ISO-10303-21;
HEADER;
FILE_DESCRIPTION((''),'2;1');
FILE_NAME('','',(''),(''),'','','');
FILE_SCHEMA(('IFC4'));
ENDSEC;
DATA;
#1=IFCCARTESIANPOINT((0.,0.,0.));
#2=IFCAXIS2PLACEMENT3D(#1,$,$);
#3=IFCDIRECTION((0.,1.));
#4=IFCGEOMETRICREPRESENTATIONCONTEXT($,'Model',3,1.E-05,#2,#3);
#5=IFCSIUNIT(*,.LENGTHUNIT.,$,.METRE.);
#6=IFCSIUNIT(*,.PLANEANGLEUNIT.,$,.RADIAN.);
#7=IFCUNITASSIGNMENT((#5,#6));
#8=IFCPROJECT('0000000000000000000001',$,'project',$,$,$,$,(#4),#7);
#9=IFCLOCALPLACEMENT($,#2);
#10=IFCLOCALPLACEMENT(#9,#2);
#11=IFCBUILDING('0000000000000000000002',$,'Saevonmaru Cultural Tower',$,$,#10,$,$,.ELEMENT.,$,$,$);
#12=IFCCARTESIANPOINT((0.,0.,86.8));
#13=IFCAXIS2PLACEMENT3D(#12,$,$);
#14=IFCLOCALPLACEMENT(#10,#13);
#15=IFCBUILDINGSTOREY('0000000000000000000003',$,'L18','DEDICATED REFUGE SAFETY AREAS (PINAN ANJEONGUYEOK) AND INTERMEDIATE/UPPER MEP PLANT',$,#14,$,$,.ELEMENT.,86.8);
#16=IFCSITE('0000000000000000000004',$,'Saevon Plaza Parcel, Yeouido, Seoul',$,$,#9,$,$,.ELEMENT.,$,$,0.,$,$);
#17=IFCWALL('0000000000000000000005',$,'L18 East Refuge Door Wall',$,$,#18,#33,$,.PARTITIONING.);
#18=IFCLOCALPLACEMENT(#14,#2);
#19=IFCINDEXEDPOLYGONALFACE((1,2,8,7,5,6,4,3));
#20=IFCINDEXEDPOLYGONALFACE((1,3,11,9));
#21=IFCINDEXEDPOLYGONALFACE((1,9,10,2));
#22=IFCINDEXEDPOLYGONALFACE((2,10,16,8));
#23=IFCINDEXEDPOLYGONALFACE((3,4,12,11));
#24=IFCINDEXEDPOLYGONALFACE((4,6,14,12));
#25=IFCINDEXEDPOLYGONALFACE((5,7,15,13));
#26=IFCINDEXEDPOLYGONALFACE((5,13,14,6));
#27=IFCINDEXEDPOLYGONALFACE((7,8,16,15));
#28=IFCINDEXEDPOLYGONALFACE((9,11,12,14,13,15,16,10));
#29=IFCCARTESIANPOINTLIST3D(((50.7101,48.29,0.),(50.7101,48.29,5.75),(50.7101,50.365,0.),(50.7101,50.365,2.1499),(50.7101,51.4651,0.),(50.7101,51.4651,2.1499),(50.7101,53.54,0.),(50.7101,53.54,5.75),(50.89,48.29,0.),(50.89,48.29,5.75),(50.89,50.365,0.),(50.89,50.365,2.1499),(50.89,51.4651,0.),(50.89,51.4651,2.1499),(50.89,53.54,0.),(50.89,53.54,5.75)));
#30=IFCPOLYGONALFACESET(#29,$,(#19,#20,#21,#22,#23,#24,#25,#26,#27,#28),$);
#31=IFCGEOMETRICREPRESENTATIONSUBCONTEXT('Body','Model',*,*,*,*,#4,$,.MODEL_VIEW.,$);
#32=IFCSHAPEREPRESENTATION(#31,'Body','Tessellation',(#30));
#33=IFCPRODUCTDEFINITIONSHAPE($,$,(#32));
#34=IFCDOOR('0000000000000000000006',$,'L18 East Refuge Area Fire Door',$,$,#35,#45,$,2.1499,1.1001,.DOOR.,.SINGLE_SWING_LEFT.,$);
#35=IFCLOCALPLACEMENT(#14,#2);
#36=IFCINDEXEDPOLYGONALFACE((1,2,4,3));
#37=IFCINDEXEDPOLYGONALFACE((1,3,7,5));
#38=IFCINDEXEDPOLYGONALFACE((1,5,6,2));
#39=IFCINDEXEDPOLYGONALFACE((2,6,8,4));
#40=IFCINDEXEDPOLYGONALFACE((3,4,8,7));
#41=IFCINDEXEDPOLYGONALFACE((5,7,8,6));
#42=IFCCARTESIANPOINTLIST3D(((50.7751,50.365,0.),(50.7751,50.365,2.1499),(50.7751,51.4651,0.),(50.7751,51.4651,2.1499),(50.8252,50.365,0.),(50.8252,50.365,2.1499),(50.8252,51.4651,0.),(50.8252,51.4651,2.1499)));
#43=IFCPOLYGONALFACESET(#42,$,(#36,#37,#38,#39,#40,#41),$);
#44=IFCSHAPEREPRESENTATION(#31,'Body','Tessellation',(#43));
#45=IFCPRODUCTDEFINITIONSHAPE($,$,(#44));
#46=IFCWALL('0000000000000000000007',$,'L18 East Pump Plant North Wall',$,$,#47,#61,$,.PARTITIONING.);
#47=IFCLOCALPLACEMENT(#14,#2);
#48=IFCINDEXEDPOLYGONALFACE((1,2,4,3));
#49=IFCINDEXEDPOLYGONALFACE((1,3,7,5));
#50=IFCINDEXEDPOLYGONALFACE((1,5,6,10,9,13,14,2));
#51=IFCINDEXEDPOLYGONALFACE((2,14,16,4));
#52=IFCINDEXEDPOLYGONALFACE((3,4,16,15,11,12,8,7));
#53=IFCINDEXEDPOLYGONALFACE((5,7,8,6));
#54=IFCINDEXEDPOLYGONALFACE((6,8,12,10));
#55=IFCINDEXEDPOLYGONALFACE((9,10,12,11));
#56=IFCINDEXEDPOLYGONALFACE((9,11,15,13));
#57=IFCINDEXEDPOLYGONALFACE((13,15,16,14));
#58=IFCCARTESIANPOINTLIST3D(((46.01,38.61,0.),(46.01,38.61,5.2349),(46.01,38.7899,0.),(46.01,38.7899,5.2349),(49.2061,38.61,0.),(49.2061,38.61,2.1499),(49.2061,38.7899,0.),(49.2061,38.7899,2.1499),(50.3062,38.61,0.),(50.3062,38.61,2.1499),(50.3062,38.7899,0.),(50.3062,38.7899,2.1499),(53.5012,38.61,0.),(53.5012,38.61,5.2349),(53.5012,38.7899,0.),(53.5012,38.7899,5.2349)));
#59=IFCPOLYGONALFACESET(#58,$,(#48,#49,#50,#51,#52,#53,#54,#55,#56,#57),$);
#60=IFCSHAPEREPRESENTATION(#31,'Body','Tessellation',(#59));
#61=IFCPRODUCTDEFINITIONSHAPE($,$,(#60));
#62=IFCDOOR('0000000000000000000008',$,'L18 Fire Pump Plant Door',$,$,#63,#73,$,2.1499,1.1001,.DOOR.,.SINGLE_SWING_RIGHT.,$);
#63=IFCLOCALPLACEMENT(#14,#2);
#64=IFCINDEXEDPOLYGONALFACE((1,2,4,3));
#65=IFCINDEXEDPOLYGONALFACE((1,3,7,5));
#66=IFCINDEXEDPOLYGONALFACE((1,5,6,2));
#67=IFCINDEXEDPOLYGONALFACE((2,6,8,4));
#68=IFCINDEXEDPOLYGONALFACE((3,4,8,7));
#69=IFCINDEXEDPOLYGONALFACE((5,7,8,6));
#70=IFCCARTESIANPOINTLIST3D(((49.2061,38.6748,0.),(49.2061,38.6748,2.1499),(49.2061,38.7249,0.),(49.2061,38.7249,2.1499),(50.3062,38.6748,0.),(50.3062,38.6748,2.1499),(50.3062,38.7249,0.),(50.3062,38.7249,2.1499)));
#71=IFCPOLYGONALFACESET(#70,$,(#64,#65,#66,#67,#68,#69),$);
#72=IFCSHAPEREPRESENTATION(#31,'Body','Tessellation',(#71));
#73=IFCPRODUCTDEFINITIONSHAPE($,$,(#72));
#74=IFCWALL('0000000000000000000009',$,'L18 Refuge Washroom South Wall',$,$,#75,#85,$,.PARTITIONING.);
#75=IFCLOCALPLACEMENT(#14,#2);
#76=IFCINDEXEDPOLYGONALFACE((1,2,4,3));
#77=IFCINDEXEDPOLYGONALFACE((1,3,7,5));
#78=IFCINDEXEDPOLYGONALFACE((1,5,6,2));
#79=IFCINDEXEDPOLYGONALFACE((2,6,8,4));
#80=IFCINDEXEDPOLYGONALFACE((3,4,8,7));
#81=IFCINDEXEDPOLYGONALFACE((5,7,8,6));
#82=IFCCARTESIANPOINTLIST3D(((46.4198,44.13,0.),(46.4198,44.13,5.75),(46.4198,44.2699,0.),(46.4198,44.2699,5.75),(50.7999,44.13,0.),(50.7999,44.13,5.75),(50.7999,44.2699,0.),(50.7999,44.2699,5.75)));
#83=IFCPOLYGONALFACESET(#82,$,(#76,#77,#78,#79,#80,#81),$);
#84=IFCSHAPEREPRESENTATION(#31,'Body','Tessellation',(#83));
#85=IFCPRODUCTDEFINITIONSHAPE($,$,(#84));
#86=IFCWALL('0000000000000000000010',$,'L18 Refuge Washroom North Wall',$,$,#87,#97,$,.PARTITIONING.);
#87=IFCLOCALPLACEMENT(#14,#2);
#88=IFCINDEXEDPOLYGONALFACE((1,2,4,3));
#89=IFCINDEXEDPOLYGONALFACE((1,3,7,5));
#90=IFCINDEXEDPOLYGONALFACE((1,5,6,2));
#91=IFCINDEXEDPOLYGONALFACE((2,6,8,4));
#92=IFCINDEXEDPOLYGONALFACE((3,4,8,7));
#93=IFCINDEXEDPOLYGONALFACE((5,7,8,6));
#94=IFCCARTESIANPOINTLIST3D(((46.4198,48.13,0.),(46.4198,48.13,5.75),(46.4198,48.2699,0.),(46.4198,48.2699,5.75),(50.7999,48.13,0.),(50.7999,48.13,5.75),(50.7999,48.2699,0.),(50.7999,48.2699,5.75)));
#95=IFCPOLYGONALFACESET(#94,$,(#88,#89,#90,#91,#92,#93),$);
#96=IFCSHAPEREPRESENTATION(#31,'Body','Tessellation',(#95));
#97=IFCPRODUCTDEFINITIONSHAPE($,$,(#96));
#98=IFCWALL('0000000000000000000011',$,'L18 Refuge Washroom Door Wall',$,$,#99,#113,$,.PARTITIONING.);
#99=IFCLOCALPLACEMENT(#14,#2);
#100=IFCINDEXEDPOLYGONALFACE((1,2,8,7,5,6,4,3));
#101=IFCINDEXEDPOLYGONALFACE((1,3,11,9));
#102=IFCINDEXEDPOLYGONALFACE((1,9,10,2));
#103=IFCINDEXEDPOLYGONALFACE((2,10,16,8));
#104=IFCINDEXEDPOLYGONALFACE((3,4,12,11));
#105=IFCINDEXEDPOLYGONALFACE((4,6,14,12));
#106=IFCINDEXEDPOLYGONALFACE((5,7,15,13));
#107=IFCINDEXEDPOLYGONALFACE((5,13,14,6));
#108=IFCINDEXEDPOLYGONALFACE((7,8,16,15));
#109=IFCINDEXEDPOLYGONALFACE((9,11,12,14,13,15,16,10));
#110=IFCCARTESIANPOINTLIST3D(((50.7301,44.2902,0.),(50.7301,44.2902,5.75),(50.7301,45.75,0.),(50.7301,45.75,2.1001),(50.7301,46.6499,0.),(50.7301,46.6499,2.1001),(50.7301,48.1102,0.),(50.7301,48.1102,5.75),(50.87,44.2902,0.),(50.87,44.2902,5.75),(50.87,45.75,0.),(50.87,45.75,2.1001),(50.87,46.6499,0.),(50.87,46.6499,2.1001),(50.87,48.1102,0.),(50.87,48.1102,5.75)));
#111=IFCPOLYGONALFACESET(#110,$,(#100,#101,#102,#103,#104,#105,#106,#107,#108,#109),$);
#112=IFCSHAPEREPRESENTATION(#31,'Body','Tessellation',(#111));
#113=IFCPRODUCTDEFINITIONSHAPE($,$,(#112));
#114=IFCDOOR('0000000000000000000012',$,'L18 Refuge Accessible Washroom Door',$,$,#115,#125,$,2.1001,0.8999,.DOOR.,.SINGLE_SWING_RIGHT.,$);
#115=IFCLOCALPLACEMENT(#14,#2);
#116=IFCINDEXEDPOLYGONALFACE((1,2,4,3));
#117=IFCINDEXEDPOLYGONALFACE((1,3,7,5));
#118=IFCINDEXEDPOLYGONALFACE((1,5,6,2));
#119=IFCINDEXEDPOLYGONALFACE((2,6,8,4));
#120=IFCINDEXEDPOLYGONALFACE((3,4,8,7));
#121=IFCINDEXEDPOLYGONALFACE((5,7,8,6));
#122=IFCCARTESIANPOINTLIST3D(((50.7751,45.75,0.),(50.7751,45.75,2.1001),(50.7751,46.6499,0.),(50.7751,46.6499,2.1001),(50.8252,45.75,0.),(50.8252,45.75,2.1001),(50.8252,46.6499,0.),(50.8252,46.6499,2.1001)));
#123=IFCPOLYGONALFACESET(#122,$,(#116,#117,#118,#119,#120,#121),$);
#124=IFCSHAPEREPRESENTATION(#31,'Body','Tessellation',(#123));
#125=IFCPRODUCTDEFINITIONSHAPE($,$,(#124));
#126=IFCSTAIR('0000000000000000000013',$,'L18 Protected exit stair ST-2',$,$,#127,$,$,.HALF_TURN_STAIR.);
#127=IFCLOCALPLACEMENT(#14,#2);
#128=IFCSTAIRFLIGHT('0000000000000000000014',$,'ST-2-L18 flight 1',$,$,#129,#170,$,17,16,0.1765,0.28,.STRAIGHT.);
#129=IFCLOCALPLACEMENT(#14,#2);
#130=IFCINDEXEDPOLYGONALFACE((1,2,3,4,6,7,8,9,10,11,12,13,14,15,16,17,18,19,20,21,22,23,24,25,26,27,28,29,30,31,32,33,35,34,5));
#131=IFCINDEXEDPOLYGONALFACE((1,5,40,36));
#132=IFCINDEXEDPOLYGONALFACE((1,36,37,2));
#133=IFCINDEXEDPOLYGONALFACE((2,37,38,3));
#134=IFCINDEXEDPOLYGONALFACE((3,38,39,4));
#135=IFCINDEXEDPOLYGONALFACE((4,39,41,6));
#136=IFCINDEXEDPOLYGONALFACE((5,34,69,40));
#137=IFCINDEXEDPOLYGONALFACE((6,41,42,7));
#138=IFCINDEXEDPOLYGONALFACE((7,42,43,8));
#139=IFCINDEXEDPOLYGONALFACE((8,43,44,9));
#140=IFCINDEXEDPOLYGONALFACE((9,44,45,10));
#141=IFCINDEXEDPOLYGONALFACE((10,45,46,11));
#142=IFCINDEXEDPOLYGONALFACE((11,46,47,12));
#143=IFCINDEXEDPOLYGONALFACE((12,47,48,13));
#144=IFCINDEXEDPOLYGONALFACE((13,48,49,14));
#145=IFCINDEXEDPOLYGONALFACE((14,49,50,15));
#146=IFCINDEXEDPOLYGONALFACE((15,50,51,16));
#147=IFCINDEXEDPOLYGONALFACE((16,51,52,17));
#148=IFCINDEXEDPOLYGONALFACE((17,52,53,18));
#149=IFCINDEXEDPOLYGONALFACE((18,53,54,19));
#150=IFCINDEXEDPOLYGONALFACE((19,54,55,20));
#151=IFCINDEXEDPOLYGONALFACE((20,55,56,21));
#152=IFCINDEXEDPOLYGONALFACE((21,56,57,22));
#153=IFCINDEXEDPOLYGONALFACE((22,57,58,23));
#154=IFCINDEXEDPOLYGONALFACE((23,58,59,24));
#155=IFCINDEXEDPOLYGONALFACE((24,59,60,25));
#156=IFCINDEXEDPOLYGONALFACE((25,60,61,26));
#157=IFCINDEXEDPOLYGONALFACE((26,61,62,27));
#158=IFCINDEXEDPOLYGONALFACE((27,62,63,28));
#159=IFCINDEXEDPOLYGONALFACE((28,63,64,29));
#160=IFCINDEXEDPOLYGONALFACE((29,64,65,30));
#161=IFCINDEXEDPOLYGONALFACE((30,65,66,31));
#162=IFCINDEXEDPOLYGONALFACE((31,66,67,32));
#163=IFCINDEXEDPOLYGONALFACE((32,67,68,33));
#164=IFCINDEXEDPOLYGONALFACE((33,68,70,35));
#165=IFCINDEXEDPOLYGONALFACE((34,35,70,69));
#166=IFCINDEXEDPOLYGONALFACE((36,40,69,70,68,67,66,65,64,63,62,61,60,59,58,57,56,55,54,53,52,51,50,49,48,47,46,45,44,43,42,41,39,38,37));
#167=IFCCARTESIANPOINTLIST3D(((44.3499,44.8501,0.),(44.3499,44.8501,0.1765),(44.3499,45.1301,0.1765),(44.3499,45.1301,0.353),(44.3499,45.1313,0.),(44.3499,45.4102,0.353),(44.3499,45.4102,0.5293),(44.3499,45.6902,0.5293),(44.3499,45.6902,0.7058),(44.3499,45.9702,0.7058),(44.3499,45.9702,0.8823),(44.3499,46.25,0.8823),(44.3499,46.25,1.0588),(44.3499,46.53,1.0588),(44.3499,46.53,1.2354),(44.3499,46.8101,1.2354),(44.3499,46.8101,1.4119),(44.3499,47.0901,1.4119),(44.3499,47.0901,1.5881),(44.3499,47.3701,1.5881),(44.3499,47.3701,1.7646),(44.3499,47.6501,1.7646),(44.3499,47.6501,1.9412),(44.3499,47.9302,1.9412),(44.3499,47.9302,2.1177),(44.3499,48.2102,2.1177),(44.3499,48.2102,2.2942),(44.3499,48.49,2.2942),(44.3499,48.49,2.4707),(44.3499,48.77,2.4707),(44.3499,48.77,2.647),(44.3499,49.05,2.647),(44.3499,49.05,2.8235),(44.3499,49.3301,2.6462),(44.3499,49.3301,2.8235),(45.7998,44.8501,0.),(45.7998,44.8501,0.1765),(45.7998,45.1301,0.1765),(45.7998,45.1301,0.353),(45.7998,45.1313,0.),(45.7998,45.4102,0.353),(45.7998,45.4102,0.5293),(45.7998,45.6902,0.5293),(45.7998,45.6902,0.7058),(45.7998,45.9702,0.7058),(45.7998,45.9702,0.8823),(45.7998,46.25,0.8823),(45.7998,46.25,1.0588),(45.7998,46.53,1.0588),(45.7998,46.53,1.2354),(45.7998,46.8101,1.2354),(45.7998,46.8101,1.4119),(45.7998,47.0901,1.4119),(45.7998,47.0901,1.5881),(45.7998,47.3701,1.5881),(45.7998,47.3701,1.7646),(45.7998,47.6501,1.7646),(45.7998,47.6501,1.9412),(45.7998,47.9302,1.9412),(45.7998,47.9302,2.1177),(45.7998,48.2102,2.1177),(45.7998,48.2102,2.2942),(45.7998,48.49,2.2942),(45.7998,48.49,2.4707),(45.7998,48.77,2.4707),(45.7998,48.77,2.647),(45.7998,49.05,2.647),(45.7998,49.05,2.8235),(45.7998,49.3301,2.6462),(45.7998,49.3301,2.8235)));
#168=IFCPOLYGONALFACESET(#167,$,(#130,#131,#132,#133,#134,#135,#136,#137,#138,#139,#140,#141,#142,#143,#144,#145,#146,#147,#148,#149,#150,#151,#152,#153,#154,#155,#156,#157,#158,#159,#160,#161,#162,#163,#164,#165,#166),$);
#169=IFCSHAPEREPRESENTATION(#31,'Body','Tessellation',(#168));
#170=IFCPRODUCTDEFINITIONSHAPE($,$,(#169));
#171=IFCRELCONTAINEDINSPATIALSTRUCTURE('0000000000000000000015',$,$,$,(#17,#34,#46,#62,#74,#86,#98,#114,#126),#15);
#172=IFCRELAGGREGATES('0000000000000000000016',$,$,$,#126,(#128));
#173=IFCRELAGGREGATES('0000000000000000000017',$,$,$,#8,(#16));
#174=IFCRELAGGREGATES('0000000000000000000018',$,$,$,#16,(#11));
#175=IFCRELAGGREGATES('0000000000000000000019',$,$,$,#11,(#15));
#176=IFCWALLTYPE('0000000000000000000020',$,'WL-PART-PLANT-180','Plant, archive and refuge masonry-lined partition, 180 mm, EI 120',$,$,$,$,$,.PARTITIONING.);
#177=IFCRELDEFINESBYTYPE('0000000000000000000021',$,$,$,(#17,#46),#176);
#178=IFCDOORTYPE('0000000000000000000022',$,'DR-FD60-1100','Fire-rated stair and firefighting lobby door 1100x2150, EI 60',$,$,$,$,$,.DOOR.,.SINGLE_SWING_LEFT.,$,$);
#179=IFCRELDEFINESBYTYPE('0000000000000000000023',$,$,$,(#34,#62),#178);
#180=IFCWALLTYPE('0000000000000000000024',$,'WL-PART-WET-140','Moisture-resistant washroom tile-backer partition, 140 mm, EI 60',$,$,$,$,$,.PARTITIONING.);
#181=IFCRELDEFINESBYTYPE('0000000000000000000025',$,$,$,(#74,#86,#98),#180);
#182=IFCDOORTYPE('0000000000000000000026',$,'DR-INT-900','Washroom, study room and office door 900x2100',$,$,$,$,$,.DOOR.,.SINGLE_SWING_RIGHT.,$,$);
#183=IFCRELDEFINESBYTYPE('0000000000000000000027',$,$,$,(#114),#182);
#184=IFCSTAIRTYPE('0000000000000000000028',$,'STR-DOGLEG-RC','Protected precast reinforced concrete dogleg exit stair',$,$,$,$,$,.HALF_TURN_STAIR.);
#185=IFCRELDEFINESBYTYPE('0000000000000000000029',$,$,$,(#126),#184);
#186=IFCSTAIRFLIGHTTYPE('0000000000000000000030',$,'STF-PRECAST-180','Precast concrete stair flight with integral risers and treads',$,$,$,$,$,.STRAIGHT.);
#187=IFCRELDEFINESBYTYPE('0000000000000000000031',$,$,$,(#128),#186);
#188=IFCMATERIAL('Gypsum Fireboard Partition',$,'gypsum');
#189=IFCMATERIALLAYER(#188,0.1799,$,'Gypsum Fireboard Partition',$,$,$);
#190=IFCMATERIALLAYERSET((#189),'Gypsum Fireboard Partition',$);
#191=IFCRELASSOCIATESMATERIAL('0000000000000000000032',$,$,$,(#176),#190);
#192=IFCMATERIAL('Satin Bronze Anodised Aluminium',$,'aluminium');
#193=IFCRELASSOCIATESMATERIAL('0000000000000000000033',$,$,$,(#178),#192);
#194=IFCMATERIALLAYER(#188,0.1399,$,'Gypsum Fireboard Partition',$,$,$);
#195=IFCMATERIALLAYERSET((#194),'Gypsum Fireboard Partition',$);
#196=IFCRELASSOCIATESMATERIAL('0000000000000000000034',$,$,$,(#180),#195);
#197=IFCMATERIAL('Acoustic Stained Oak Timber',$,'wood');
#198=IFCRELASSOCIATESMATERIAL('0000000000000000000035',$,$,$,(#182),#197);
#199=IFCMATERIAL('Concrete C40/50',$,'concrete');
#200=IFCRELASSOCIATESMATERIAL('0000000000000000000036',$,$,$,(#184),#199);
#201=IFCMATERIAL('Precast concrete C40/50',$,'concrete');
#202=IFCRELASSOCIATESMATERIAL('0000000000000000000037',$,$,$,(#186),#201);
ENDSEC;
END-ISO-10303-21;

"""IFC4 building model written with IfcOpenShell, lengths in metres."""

from ifc_helpers import new_model, si_unit, direction, frame, frame_2d, origin, place, context, subcontext, project, spatial, polyline, rectangle, outline, extrude, material, layer, layer_set, type_object, element, fill, aggregate, save


model = new_model("IFC4")

# Units and contexts
model_context = context("Model", 3, precision=1e-05, world=origin(), true_north=direction((0.0, 1.0)))
body_context = subcontext(model_context, "Body", "Model", "MODEL_VIEW")
ifc_project = project(units=[si_unit("LENGTHUNIT", "METRE"), si_unit("PLANEANGLEUNIT", "RADIAN")], contexts=[model_context])

# Site, building, storey
site_placement = place(None, origin())
site = spatial("IfcSite", under=ifc_project, at=site_placement, Name="Saevon Plaza Parcel, Yeouido, Seoul", CompositionType="ELEMENT", RefElevation=0.0)
building_placement = place(site_placement, origin())
building = spatial("IfcBuilding", under=site, at=building_placement, Name="Saevonmaru Cultural Tower", CompositionType="ELEMENT")
storey_placement = place(building_placement, frame((0.0, 0.0, 86.8)))
storey = spatial("IfcBuildingStorey", under=building, at=storey_placement, Name="L18", Description="DEDICATED REFUGE SAFETY AREAS (PINAN ANJEONGUYEOK) AND INTERMEDIATE/UPPER MEP PLANT", CompositionType="ELEMENT", Elevation=86.8)

# Shared definitions
ifc_material_1 = material(Name="Satin Bronze Anodised Aluminium", Category="aluminium")

# Walls, openings, doors
ifc_material_2 = material(Name="Gypsum Fireboard Partition", Category="gypsum")
ifc_layer_1 = layer(ifc_material_2, 0.1799, Name="Gypsum Fireboard Partition")
ifc_layer_set_1 = layer_set([ifc_layer_1], Name="Gypsum Fireboard Partition")
wall_type_1 = type_object("IfcWallType", Name="WL-PART-PLANT-180", Description="Plant, archive and refuge masonry-lined partition, 180 mm, EI 120", PredefinedType="PARTITIONING", material=ifc_layer_set_1)
wall_1_placement = place(storey_placement, frame((50.8, 48.29, 0.0), z_axis=(0.0, 0.0, 1.0), x_axis=(0.0, 1.0, 0.0)))
wall_1 = element("IfcWall", 1, at=wall_1_placement, inside=storey, type_object=wall_type_1, Name="L18 East Refuge Door Wall", PredefinedType="PARTITIONING", context=body_context, shape_type="SweptSolid", body=[
    extrude(rectangle(XDim=5.25, YDim=0.1799, at=frame_2d((2.625, 0.0))), origin(), (0.0, 0.0, 1.0), 5.75),
])
opening_1_placement = place(wall_1_placement, frame((2.075, 0.0, 0.0)))
opening_1 = element("IfcOpeningElement", 2, at=opening_1_placement, cuts=wall_1, PredefinedType="OPENING", context=body_context, shape_type="SweptSolid", body=[
    extrude(rectangle(XDim=1.1001, YDim=2.1499, at=frame_2d((0.55, 1.075))), frame((0.0, 0.1001, 0.0), z_axis=(0.0, -1.0, 0.0), x_axis=(1.0, 0.0, 0.0)), (0.0, 0.0, 1.0), 0.2),
])
door_type_1 = type_object("IfcDoorType", Name="DR-FD60-1100", Description="Fire-rated stair and firefighting lobby door 1100x2150, EI 60", OperationType="SINGLE_SWING_LEFT", PredefinedType="DOOR", material=ifc_material_1)
door_1_placement = place(opening_1_placement, origin())
door_1 = element("IfcDoor", 3, at=door_1_placement, inside=storey, type_object=door_type_1, Name="L18 East Refuge Area Fire Door", OperationType="SINGLE_SWING_LEFT", OverallHeight=2.1499, OverallWidth=1.1001, PredefinedType="DOOR", context=body_context, shape_type="SweptSolid", body=[
    extrude(rectangle(XDim=1.1001, YDim=2.1499, at=frame_2d((0.55, 1.075))), frame((0.0, 0.0249, 0.0), z_axis=(0.0, -1.0, 0.0), x_axis=(1.0, 0.0, 0.0)), (0.0, 0.0, 1.0), 0.05),
])
fill(opening_1, door_1)
wall_2_placement = place(storey_placement, frame((46.01, 38.7, 0.0), z_axis=(0.0, 0.0, 1.0), x_axis=(1.0, 0.0, 0.0)))
wall_2 = element("IfcWall", 4, at=wall_2_placement, inside=storey, type_object=wall_type_1, Name="L18 East Pump Plant North Wall", PredefinedType="PARTITIONING", context=body_context, shape_type="SweptSolid", body=[
    extrude(rectangle(XDim=7.4912, YDim=0.1799, at=frame_2d((3.7456, 0.0))), origin(), (0.0, 0.0, 1.0), 5.2349),
])
opening_2_placement = place(wall_2_placement, frame((3.196, 0.0, 0.0)))
opening_2 = element("IfcOpeningElement", 5, at=opening_2_placement, cuts=wall_2, PredefinedType="OPENING", context=body_context, shape_type="SweptSolid", body=[
    extrude(rectangle(XDim=1.1001, YDim=2.1499, at=frame_2d((0.55, 1.075))), frame((0.0, 0.1001, 0.0), z_axis=(0.0, -1.0, 0.0), x_axis=(1.0, 0.0, 0.0)), (0.0, 0.0, 1.0), 0.2),
])
door_2_placement = place(opening_2_placement, origin())
door_2 = element("IfcDoor", 6, at=door_2_placement, inside=storey, type_object=door_type_1, Name="L18 Fire Pump Plant Door", OperationType="SINGLE_SWING_RIGHT", OverallHeight=2.1499, OverallWidth=1.1001, PredefinedType="DOOR", context=body_context, shape_type="SweptSolid", body=[
    extrude(rectangle(XDim=1.1001, YDim=2.1499, at=frame_2d((0.55, 1.075))), frame((0.0, 0.0249, 0.0), z_axis=(0.0, -1.0, 0.0), x_axis=(1.0, 0.0, 0.0)), (0.0, 0.0, 1.0), 0.05),
])
fill(opening_2, door_2)

# Walls
ifc_layer_2 = layer(ifc_material_2, 0.1399, Name="Gypsum Fireboard Partition")
ifc_layer_set_2 = layer_set([ifc_layer_2], Name="Gypsum Fireboard Partition")
wall_type_2 = type_object("IfcWallType", Name="WL-PART-WET-140", Description="Moisture-resistant washroom tile-backer partition, 140 mm, EI 60", PredefinedType="PARTITIONING", material=ifc_layer_set_2)
for number, where, z_axis, x_axis, name in (
    (7, (46.4199, 44.2, 0.0), (0.0, 0.0, 1.0), (1.0, 0.0, 0.0), "L18 Refuge Washroom South Wall"),
    (8, (46.4199, 48.2, 0.0), (0.0, 0.0, 1.0), (1.0, 0.0, 0.0), "L18 Refuge Washroom North Wall"),
):
    element("IfcWall", number, at=place(storey_placement, frame(where, z_axis=z_axis, x_axis=x_axis)), inside=storey, type_object=wall_type_2, Name=name, PredefinedType="PARTITIONING", context=body_context, shape_type="SweptSolid", body=[
        extrude(rectangle(XDim=4.3801, YDim=0.1399, at=frame_2d((2.1899, 0.0))), origin(), (0.0, 0.0, 1.0), 5.75),
    ])

# Wall, opening, door
wall_3_placement = place(storey_placement, frame((50.8, 44.29, 0.0), z_axis=(0.0, 0.0, 1.0), x_axis=(0.0, 1.0, 0.0)))
wall_3 = element("IfcWall", 9, at=wall_3_placement, inside=storey, type_object=wall_type_2, Name="L18 Refuge Washroom Door Wall", PredefinedType="PARTITIONING", context=body_context, shape_type="SweptSolid", body=[
    extrude(rectangle(XDim=3.8201, YDim=0.1399, at=frame_2d((1.9102, 0.0))), origin(), (0.0, 0.0, 1.0), 5.75),
])
opening_3_placement = place(wall_3_placement, frame((1.46, 0.0, 0.0)))
opening_3 = element("IfcOpeningElement", 10, at=opening_3_placement, cuts=wall_3, PredefinedType="OPENING", context=body_context, shape_type="SweptSolid", body=[
    extrude(rectangle(XDim=0.8999, YDim=2.1001, at=frame_2d((0.45, 1.05))), frame((0.0, 0.0801, 0.0), z_axis=(0.0, -1.0, 0.0), x_axis=(1.0, 0.0, 0.0)), (0.0, 0.0, 1.0), 0.1599),
])
ifc_material_3 = material(Name="Acoustic Stained Oak Timber", Category="wood")
door_type_2 = type_object("IfcDoorType", Name="DR-INT-900", Description="Washroom, study room and office door 900x2100", OperationType="SINGLE_SWING_RIGHT", PredefinedType="DOOR", material=ifc_material_3)
door_3_placement = place(opening_3_placement, origin())
door_3 = element("IfcDoor", 11, at=door_3_placement, inside=storey, type_object=door_type_2, Name="L18 Refuge Accessible Washroom Door", OperationType="SINGLE_SWING_RIGHT", OverallHeight=2.1001, OverallWidth=0.8999, PredefinedType="DOOR", context=body_context, shape_type="SweptSolid", body=[
    extrude(rectangle(XDim=0.8999, YDim=2.1001, at=frame_2d((0.45, 1.05))), frame((0.0, 0.0249, 0.0), z_axis=(0.0, -1.0, 0.0), x_axis=(1.0, 0.0, 0.0)), (0.0, 0.0, 1.0), 0.05),
])
fill(opening_3, door_3)

# Stair, stair flight
ifc_material_4 = material(Name="Concrete C40/50", Category="concrete")
stair_type = type_object("IfcStairType", Name="STR-DOGLEG-RC", Description="Protected precast reinforced concrete dogleg exit stair", PredefinedType="HALF_TURN_STAIR", material=ifc_material_4)
stair_placement = place(storey_placement, origin())
stair = element("IfcStair", 12, at=stair_placement, inside=storey, type_object=stair_type, Name="L18 Protected exit stair ST-2", PredefinedType="HALF_TURN_STAIR")
ifc_material_5 = material(Name="Precast concrete C40/50", Category="concrete")
stair_flight_type = type_object("IfcStairFlightType", Name="STF-PRECAST-180", Description="Precast concrete stair flight with integral risers and treads", PredefinedType="STRAIGHT", material=ifc_material_5)
stair_flight_1_placement = place(storey_placement, frame((45.075, 44.8501, 0.0), z_axis=(0.0, 0.0, 1.0), x_axis=(0.0, 1.0, 0.0)))
stair_flight_1 = element("IfcStairFlight", 13, at=stair_flight_1_placement, type_object=stair_flight_type, Name="ST-2-L18 flight 1", NumberOfRisers=17, NumberOfTreads=16, PredefinedType="STRAIGHT", RiserHeight=0.1765, TreadLength=0.28, context=body_context, shape_type="SweptSolid", body=[
    extrude(outline(polyline([(0.0, 0.0), (0.0, 0.1765), (0.28, 0.1765), (0.28, 0.353), (0.5601, 0.353), (0.5601, 0.5293), (0.8401, 0.5293), (0.8401, 0.7058), (1.1201, 0.7058), (1.1201, 0.8823), (1.3999, 0.8823), (1.3999, 1.0588), (1.6799, 1.0588), (1.6799, 1.2354), (1.96, 1.2354), (1.96, 1.4119), (2.24, 1.4119), (2.24, 1.5881), (2.52, 1.5881), (2.52, 1.7646), (2.8, 1.7646), (2.8, 1.9412), (3.0801, 1.9412), (3.0801, 2.1177), (3.3601, 2.1177), (3.3601, 2.2942), (3.6399, 2.2942), (3.6399, 2.4707), (3.9199, 2.4707), (3.9199, 2.647), (4.2, 2.647), (4.2, 2.8235), (4.48, 2.8235), (4.48, 3.0), (4.48, 2.6462), (0.2812, 0.0), (0.0, 0.0)])), frame((0.0, 0.7251, 0.0), z_axis=(0.0, -1.0, 0.0), x_axis=(1.0, 0.0, 0.0)), (0.0, 0.0, 1.0), 1.45),
])
aggregate(stair, [stair_flight_1])

save(model, "model.ifc")
